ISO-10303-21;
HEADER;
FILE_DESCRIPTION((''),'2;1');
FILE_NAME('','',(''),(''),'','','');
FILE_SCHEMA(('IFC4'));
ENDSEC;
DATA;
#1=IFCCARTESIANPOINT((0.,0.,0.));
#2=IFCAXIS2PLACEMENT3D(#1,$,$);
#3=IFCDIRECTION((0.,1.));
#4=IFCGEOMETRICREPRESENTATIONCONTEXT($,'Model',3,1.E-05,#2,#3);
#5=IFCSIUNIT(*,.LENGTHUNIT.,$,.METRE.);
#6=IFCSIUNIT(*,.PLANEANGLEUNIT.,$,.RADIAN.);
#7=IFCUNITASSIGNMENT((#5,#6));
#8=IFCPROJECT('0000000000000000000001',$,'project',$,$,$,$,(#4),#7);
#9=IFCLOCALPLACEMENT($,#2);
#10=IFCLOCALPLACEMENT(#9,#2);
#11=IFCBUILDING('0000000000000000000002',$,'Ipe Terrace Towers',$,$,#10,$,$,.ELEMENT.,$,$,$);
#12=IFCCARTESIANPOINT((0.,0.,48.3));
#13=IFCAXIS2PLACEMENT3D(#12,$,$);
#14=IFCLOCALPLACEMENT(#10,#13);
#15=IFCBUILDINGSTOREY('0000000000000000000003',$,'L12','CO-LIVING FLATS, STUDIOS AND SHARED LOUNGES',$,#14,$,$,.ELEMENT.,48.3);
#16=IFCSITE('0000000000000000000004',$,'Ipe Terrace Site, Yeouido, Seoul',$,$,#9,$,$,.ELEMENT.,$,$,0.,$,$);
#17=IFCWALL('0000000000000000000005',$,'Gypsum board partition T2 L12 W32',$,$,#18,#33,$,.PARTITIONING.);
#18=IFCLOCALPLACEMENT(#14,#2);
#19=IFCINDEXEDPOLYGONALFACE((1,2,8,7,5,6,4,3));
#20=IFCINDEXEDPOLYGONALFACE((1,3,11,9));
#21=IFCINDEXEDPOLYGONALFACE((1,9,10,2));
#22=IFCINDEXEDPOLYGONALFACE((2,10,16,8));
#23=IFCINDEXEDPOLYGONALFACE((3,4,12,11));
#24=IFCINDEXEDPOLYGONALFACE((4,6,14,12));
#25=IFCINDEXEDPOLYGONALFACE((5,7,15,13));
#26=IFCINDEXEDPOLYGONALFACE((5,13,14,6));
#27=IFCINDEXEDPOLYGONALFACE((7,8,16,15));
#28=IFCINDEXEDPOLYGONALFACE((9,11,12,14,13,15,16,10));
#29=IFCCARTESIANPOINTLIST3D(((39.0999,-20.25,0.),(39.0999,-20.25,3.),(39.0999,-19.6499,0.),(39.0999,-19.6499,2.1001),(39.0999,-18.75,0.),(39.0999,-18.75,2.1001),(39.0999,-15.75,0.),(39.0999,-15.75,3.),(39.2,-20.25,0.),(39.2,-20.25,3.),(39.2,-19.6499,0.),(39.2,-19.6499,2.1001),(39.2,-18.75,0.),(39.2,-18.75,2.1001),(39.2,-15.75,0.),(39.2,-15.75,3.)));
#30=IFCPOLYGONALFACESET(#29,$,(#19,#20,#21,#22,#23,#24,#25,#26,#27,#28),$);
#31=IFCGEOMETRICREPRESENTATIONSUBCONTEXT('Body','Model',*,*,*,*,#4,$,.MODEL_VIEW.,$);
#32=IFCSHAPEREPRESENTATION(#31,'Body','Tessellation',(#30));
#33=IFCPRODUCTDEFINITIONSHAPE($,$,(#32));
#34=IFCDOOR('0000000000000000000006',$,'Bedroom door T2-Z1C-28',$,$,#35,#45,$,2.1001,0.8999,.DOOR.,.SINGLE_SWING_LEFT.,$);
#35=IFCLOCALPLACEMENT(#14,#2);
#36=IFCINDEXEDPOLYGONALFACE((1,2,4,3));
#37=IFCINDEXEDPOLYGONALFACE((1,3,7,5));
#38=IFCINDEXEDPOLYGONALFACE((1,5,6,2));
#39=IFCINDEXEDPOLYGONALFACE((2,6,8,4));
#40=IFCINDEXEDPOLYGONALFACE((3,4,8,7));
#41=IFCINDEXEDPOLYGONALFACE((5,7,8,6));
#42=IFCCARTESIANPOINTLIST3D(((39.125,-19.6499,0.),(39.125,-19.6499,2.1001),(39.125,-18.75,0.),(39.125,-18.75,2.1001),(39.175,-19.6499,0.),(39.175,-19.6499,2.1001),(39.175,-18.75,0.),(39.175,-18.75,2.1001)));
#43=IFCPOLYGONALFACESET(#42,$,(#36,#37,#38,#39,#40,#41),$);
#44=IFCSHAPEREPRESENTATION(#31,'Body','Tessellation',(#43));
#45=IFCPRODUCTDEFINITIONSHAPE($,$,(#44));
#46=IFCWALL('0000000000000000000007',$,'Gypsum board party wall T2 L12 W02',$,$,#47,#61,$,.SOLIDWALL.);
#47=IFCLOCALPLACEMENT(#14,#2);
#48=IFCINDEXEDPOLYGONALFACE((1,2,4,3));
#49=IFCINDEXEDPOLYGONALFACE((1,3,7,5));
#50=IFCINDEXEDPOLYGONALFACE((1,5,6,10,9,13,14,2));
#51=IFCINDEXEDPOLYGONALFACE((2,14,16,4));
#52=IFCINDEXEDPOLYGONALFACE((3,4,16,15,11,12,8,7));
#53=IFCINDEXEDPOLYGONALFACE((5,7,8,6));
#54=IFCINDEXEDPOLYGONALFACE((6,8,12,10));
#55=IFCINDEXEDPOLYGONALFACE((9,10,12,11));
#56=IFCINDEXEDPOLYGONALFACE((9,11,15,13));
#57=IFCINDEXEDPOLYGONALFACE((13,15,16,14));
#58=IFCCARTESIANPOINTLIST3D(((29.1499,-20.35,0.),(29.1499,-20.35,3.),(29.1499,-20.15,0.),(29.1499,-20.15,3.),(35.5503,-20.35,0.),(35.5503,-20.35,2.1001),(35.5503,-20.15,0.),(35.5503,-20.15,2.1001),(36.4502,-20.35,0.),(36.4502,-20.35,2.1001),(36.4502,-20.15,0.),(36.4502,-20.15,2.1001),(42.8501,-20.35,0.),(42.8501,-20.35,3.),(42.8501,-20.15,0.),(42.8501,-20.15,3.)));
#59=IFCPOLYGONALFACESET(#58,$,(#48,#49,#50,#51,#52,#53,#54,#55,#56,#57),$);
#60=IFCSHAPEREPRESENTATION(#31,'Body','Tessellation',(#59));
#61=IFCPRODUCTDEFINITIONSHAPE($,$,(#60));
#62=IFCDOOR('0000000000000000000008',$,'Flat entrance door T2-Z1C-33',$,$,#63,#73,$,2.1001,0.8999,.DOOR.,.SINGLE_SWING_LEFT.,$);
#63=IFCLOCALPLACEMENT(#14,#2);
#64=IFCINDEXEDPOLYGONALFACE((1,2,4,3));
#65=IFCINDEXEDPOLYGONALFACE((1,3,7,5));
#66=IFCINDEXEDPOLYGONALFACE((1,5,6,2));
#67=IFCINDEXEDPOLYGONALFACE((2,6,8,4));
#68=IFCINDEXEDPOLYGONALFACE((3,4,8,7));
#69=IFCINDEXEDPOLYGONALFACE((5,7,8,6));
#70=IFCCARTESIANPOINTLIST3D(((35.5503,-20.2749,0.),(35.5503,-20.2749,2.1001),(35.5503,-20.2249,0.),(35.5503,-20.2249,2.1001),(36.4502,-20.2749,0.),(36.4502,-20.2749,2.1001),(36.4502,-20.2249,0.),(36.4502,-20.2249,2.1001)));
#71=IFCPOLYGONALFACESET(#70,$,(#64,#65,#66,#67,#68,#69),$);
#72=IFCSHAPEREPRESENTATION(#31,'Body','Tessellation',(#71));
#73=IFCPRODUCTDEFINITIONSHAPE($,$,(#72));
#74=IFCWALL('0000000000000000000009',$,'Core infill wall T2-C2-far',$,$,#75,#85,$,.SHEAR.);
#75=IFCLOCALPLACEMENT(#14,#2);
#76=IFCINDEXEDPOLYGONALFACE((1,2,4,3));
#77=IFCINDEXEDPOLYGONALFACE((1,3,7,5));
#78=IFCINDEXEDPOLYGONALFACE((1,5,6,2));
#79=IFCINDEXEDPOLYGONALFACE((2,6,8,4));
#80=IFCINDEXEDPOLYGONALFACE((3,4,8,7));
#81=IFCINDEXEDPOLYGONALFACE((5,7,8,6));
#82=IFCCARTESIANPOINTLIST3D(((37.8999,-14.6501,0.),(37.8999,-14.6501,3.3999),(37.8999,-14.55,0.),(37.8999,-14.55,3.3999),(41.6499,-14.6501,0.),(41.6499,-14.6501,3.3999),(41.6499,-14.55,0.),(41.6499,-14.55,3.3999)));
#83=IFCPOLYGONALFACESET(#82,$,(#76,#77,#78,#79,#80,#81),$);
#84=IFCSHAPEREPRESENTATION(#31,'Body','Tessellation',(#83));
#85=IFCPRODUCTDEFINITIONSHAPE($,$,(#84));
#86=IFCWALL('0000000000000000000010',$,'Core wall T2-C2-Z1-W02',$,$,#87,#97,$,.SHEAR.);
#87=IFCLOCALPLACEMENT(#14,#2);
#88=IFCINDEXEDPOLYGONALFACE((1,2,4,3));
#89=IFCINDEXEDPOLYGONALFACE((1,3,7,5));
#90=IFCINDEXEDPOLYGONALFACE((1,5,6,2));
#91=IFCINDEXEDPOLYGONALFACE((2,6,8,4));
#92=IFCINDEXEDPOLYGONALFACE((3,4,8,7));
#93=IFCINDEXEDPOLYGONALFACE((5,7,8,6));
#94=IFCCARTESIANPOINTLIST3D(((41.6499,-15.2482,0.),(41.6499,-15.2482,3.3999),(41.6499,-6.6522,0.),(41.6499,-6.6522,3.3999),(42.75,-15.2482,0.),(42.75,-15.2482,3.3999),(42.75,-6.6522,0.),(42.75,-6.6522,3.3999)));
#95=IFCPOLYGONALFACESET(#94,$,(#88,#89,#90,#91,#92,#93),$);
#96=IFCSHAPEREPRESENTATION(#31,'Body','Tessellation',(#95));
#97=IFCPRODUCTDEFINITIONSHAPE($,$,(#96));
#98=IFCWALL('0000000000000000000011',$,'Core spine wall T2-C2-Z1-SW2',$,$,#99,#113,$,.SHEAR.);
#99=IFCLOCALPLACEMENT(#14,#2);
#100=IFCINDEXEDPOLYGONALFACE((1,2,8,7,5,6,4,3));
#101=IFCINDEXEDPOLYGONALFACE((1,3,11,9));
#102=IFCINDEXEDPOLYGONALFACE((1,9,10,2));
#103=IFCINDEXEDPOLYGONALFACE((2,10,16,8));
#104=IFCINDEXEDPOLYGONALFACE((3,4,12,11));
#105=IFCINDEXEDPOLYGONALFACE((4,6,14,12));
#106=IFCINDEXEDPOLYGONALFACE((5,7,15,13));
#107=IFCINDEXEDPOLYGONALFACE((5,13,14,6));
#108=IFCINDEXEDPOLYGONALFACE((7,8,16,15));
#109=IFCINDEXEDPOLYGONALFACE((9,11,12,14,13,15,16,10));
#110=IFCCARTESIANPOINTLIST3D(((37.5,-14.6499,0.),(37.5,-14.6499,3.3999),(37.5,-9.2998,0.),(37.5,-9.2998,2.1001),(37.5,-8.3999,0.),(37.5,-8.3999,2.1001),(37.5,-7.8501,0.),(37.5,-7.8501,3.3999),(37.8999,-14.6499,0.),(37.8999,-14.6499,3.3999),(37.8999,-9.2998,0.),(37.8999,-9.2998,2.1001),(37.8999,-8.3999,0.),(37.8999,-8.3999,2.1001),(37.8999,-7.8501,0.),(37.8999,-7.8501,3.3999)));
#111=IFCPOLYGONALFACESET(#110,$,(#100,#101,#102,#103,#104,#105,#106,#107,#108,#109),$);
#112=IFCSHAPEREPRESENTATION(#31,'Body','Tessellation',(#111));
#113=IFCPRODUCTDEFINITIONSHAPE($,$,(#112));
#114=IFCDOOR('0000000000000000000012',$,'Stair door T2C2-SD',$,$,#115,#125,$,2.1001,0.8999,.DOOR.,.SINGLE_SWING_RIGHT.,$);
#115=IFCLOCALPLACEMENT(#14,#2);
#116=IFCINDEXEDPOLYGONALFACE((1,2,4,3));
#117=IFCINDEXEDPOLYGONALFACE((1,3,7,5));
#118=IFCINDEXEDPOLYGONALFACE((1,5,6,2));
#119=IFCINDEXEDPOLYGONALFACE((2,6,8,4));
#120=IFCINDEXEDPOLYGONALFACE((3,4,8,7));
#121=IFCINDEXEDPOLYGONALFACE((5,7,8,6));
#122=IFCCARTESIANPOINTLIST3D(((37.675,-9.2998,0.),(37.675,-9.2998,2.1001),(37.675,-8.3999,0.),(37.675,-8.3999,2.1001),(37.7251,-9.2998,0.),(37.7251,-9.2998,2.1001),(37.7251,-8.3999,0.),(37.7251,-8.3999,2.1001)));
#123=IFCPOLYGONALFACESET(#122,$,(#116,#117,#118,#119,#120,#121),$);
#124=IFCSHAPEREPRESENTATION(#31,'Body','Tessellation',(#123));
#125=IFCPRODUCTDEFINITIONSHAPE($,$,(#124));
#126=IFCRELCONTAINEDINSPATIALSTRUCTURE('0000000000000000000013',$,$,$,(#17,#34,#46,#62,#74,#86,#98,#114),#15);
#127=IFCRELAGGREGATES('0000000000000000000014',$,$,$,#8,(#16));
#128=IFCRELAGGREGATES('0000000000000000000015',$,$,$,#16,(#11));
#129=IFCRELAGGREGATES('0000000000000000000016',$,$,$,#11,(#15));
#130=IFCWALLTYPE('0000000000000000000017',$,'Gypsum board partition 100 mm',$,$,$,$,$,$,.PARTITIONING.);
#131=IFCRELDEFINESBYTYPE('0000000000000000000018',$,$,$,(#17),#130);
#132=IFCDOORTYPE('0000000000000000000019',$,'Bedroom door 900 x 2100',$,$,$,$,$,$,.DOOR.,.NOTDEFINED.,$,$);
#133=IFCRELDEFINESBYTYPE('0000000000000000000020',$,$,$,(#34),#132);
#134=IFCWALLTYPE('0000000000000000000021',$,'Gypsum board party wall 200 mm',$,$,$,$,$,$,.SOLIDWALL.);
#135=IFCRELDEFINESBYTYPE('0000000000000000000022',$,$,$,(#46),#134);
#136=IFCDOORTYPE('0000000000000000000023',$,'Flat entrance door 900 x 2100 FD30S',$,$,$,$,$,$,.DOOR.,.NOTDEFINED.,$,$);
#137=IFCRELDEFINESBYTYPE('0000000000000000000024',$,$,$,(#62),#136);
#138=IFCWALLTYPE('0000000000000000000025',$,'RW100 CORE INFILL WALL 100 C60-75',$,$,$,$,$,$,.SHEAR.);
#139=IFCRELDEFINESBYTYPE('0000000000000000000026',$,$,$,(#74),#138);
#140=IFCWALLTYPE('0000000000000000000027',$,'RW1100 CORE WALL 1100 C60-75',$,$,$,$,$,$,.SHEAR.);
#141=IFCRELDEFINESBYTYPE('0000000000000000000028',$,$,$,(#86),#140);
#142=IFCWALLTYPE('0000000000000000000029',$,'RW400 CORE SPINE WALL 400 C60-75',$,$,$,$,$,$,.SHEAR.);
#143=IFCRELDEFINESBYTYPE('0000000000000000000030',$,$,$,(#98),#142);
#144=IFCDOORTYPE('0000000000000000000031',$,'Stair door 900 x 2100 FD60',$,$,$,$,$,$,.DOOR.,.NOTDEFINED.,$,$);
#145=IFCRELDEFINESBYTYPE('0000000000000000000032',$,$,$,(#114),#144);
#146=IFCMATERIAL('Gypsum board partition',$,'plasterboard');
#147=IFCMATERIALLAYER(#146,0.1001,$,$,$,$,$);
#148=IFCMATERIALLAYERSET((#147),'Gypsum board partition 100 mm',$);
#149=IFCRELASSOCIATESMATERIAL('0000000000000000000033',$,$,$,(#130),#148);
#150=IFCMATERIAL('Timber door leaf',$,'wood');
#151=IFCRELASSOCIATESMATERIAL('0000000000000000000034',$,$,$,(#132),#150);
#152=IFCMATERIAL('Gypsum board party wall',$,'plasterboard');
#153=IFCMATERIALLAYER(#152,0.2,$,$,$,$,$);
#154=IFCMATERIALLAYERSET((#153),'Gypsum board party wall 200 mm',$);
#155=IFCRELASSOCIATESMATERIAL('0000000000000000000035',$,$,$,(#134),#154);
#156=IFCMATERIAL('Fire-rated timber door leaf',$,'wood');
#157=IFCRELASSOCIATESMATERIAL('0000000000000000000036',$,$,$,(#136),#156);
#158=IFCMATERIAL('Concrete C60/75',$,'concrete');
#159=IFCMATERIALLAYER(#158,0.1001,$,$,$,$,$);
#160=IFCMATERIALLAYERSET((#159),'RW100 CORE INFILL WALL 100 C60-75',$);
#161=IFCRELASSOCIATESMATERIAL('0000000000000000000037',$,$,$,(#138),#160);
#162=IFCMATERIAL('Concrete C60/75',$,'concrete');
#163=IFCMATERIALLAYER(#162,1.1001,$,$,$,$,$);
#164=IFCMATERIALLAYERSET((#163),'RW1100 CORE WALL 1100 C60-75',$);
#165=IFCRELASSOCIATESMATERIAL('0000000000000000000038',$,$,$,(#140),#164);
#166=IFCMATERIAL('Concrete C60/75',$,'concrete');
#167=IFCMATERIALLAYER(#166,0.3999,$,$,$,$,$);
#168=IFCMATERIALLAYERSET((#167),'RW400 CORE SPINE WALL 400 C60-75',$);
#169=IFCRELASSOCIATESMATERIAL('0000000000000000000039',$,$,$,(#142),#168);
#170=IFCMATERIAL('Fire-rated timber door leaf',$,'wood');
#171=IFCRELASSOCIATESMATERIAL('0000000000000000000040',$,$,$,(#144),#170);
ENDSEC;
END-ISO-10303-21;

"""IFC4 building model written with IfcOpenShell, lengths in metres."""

from ifc_helpers import new_model, si_unit, direction, frame, frame_2d, origin, place, context, subcontext, project, spatial, rectangle, extrude, material, layer, layer_set, type_object, element, fill, save


model = new_model("IFC4")

# Units and contexts
model_context = context("Model", 3, precision=1e-05, world=origin(), true_north=direction((0.0, 1.0)))
body_context = subcontext(model_context, "Body", "Model", "MODEL_VIEW")
ifc_project = project(units=[si_unit("LENGTHUNIT", "METRE"), si_unit("PLANEANGLEUNIT", "RADIAN")], contexts=[model_context])

# Site, building, storey
site_placement = place(None, origin())
site = spatial("IfcSite", under=ifc_project, at=site_placement, Name="Ipe Terrace Site, Yeouido, Seoul", CompositionType="ELEMENT", RefElevation=0.0)
building_placement = place(site_placement, origin())
building = spatial("IfcBuilding", under=site, at=building_placement, Name="Ipe Terrace Towers", CompositionType="ELEMENT")
storey_placement = place(building_placement, frame((0.0, 0.0, 48.3)))
storey = spatial("IfcBuildingStorey", under=building, at=storey_placement, Name="L12", Description="CO-LIVING FLATS, STUDIOS AND SHARED LOUNGES", CompositionType="ELEMENT", Elevation=48.3)

# Walls, openings, doors
ifc_material_1 = material(Name="Gypsum board partition", Category="plasterboard")
ifc_layer_1 = layer(ifc_material_1, 0.1001)
ifc_layer_set_1 = layer_set([ifc_layer_1], Name="Gypsum board partition 100 mm")
wall_type_1 = type_object("IfcWallType", Name="Gypsum board partition 100 mm", PredefinedType="PARTITIONING", material=ifc_layer_set_1)
wall_1_placement = place(storey_placement, frame((39.1499, -20.25, 0.0), z_axis=(0.0, 0.0, 1.0), x_axis=(0.0, 1.0, 0.0)))
wall_1 = element("IfcWall", 1, at=wall_1_placement, inside=storey, type_object=wall_type_1, Name="Gypsum board partition T2 L12 W32", PredefinedType="PARTITIONING", context=body_context, shape_type="SweptSolid", body=[
    extrude(rectangle(XDim=4.5, YDim=0.1001, at=frame_2d((2.25, 0.0))), origin(), (0.0, 0.0, 1.0), 3.0),
])
opening_1_placement = place(wall_1_placement, frame((0.6001, 0.0, 0.0)))
opening_1 = element("IfcOpeningElement", 2, at=opening_1_placement, cuts=wall_1, PredefinedType="OPENING", context=body_context, shape_type="SweptSolid", body=[
    extrude(rectangle(XDim=0.8999, YDim=2.1001, at=frame_2d((0.45, 1.05))), frame((0.0, 0.0601, 0.0), z_axis=(0.0, -1.0, 0.0), x_axis=(1.0, 0.0, 0.0)), (0.0, 0.0, 1.0), 0.1201),
])
ifc_material_2 = material(Name="Timber door leaf", Category="wood")
door_type_1 = type_object("IfcDoorType", Name="Bedroom door 900 x 2100", OperationType="NOTDEFINED", PredefinedType="DOOR", material=ifc_material_2)
door_1_placement = place(opening_1_placement, origin())
door_1 = element("IfcDoor", 3, at=door_1_placement, inside=storey, type_object=door_type_1, Name="Bedroom door T2-Z1C-28", OperationType="SINGLE_SWING_LEFT", OverallHeight=2.1001, OverallWidth=0.8999, PredefinedType="DOOR", context=body_context, shape_type="SweptSolid", body=[
    extrude(rectangle(XDim=0.8999, YDim=2.1001, at=frame_2d((0.45, 1.05))), frame((0.0, 0.0249, 0.0), z_axis=(0.0, -1.0, 0.0), x_axis=(1.0, 0.0, 0.0)), (0.0, 0.0, 1.0), 0.05),
])
fill(opening_1, door_1)
ifc_material_3 = material(Name="Gypsum board party wall", Category="plasterboard")
ifc_layer_2 = layer(ifc_material_3, 0.2)
ifc_layer_set_2 = layer_set([ifc_layer_2], Name="Gypsum board party wall 200 mm")
wall_type_2 = type_object("IfcWallType", Name="Gypsum board party wall 200 mm", PredefinedType="SOLIDWALL", material=ifc_layer_set_2)
wall_2_placement = place(storey_placement, frame((42.8501, -20.25, 0.0), z_axis=(0.0, 0.0, 1.0), x_axis=(-1.0, 0.0, 0.0)))
wall_2 = element("IfcWall", 4, at=wall_2_placement, inside=storey, type_object=wall_type_2, Name="Gypsum board party wall T2 L12 W02", PredefinedType="SOLIDWALL", context=body_context, shape_type="SweptSolid", body=[
    extrude(rectangle(XDim=13.7002, YDim=0.2, at=frame_2d((6.8501, 0.0))), origin(), (0.0, 0.0, 1.0), 3.0),
])
opening_2_placement = place(wall_2_placement, frame((6.3999, 0.0, 0.0)))
opening_2 = element("IfcOpeningElement", 5, at=opening_2_placement, cuts=wall_2, PredefinedType="OPENING", context=body_context, shape_type="SweptSolid", body=[
    extrude(rectangle(XDim=0.8999, YDim=2.1001, at=frame_2d((0.45, 1.05))), frame((0.0, 0.1099, 0.0), z_axis=(0.0, -1.0, 0.0), x_axis=(1.0, 0.0, 0.0)), (0.0, 0.0, 1.0), 0.22),
])
ifc_material_4 = material(Name="Fire-rated timber door leaf", Category="wood")
door_type_2 = type_object("IfcDoorType", Name="Flat entrance door 900 x 2100 FD30S", OperationType="NOTDEFINED", PredefinedType="DOOR", material=ifc_material_4)
door_2_placement = place(opening_2_placement, origin())
door_2 = element("IfcDoor", 6, at=door_2_placement, inside=storey, type_object=door_type_2, Name="Flat entrance door T2-Z1C-33", OperationType="SINGLE_SWING_LEFT", OverallHeight=2.1001, OverallWidth=0.8999, PredefinedType="DOOR", context=body_context, shape_type="SweptSolid", body=[
    extrude(rectangle(XDim=0.8999, YDim=2.1001, at=frame_2d((0.45, 1.05))), frame((0.0, 0.0249, 0.0), z_axis=(0.0, -1.0, 0.0), x_axis=(1.0, 0.0, 0.0)), (0.0, 0.0, 1.0), 0.05),
])
fill(opening_2, door_2)

# Walls
ifc_material_5 = material(Name="Concrete C60/75", Category="concrete")
ifc_layer_3 = layer(ifc_material_5, 0.1001)
ifc_layer_set_3 = layer_set([ifc_layer_3], Name="RW100 CORE INFILL WALL 100 C60-75")
wall_type_3 = type_object("IfcWallType", Name="RW100 CORE INFILL WALL 100 C60-75", PredefinedType="SHEAR", material=ifc_layer_set_3)
wall_3_placement = place(storey_placement, frame((37.8999, -14.6001, 0.0), z_axis=(0.0, 0.0, 1.0), x_axis=(1.0, 0.0, 0.0)))
element("IfcWall", 7, at=wall_3_placement, inside=storey, type_object=wall_type_3, Name="Core infill wall T2-C2-far", PredefinedType="SHEAR", context=body_context, shape_type="SweptSolid", body=[
    extrude(rectangle(XDim=3.75, YDim=0.1001, at=frame_2d((1.875, 0.0))), origin(), (0.0, 0.0, 1.0), 3.3999),
])
ifc_material_6 = material(Name="Concrete C60/75", Category="concrete")
ifc_layer_4 = layer(ifc_material_6, 1.1001)
ifc_layer_set_4 = layer_set([ifc_layer_4], Name="RW1100 CORE WALL 1100 C60-75")
wall_type_4 = type_object("IfcWallType", Name="RW1100 CORE WALL 1100 C60-75", PredefinedType="SHEAR", material=ifc_layer_set_4)
wall_4_placement = place(storey_placement, frame((42.2, -15.248, 0.0), z_axis=(0.0, 0.0, 1.0), x_axis=(0.0, 1.0, 0.0)))
element("IfcWall", 8, at=wall_4_placement, inside=storey, type_object=wall_type_4, Name="Core wall T2-C2-Z1-W02", PredefinedType="SHEAR", context=body_context, shape_type="SweptSolid", body=[
    extrude(rectangle(XDim=8.5959, YDim=1.1001, at=frame_2d((4.2979, 0.0))), origin(), (0.0, 0.0, 1.0), 3.3999),
])

# Wall, opening, door
ifc_material_7 = material(Name="Concrete C60/75", Category="concrete")
ifc_layer_5 = layer(ifc_material_7, 0.3999)
ifc_layer_set_5 = layer_set([ifc_layer_5], Name="RW400 CORE SPINE WALL 400 C60-75")
wall_type_5 = type_object("IfcWallType", Name="RW400 CORE SPINE WALL 400 C60-75", PredefinedType="SHEAR", material=ifc_layer_set_5)
wall_5_placement = place(storey_placement, frame((37.7, -14.6499, 0.0), z_axis=(0.0, 0.0, 1.0), x_axis=(0.0, 1.0, 0.0)))
wall_5 = element("IfcWall", 9, at=wall_5_placement, inside=storey, type_object=wall_type_5, Name="Core spine wall T2-C2-Z1-SW2", PredefinedType="SHEAR", context=body_context, shape_type="SweptSolid", body=[
    extrude(rectangle(XDim=6.7998, YDim=0.3999, at=frame_2d((3.3999, 0.0))), origin(), (0.0, 0.0, 1.0), 3.3999),
])
opening_3_placement = place(wall_5_placement, frame((5.3501, 0.0, 0.0)))
opening_3 = element("IfcOpeningElement", 10, at=opening_3_placement, cuts=wall_5, PredefinedType="OPENING", context=body_context, shape_type="SweptSolid", body=[
    extrude(rectangle(XDim=0.8999, YDim=2.1001, at=frame_2d((0.45, 1.05))), frame((0.0, 0.21, 0.0), z_axis=(0.0, -1.0, 0.0), x_axis=(1.0, 0.0, 0.0)), (0.0, 0.0, 1.0), 0.4199),
])
ifc_material_8 = material(Name="Fire-rated timber door leaf", Category="wood")
door_type_3 = type_object("IfcDoorType", Name="Stair door 900 x 2100 FD60", OperationType="NOTDEFINED", PredefinedType="DOOR", material=ifc_material_8)
door_3_placement = place(opening_3_placement, origin())
door_3 = element("IfcDoor", 11, at=door_3_placement, inside=storey, type_object=door_type_3, Name="Stair door T2C2-SD", OperationType="SINGLE_SWING_RIGHT", OverallHeight=2.1001, OverallWidth=0.8999, PredefinedType="DOOR", context=body_context, shape_type="SweptSolid", body=[
    extrude(rectangle(XDim=0.8999, YDim=2.1001, at=frame_2d((0.45, 1.05))), frame((0.0, 0.0249, 0.0), z_axis=(0.0, -1.0, 0.0), x_axis=(1.0, 0.0, 0.0)), (0.0, 0.0, 1.0), 0.05),
])
fill(opening_3, door_3)

save(model, "model.ifc")
